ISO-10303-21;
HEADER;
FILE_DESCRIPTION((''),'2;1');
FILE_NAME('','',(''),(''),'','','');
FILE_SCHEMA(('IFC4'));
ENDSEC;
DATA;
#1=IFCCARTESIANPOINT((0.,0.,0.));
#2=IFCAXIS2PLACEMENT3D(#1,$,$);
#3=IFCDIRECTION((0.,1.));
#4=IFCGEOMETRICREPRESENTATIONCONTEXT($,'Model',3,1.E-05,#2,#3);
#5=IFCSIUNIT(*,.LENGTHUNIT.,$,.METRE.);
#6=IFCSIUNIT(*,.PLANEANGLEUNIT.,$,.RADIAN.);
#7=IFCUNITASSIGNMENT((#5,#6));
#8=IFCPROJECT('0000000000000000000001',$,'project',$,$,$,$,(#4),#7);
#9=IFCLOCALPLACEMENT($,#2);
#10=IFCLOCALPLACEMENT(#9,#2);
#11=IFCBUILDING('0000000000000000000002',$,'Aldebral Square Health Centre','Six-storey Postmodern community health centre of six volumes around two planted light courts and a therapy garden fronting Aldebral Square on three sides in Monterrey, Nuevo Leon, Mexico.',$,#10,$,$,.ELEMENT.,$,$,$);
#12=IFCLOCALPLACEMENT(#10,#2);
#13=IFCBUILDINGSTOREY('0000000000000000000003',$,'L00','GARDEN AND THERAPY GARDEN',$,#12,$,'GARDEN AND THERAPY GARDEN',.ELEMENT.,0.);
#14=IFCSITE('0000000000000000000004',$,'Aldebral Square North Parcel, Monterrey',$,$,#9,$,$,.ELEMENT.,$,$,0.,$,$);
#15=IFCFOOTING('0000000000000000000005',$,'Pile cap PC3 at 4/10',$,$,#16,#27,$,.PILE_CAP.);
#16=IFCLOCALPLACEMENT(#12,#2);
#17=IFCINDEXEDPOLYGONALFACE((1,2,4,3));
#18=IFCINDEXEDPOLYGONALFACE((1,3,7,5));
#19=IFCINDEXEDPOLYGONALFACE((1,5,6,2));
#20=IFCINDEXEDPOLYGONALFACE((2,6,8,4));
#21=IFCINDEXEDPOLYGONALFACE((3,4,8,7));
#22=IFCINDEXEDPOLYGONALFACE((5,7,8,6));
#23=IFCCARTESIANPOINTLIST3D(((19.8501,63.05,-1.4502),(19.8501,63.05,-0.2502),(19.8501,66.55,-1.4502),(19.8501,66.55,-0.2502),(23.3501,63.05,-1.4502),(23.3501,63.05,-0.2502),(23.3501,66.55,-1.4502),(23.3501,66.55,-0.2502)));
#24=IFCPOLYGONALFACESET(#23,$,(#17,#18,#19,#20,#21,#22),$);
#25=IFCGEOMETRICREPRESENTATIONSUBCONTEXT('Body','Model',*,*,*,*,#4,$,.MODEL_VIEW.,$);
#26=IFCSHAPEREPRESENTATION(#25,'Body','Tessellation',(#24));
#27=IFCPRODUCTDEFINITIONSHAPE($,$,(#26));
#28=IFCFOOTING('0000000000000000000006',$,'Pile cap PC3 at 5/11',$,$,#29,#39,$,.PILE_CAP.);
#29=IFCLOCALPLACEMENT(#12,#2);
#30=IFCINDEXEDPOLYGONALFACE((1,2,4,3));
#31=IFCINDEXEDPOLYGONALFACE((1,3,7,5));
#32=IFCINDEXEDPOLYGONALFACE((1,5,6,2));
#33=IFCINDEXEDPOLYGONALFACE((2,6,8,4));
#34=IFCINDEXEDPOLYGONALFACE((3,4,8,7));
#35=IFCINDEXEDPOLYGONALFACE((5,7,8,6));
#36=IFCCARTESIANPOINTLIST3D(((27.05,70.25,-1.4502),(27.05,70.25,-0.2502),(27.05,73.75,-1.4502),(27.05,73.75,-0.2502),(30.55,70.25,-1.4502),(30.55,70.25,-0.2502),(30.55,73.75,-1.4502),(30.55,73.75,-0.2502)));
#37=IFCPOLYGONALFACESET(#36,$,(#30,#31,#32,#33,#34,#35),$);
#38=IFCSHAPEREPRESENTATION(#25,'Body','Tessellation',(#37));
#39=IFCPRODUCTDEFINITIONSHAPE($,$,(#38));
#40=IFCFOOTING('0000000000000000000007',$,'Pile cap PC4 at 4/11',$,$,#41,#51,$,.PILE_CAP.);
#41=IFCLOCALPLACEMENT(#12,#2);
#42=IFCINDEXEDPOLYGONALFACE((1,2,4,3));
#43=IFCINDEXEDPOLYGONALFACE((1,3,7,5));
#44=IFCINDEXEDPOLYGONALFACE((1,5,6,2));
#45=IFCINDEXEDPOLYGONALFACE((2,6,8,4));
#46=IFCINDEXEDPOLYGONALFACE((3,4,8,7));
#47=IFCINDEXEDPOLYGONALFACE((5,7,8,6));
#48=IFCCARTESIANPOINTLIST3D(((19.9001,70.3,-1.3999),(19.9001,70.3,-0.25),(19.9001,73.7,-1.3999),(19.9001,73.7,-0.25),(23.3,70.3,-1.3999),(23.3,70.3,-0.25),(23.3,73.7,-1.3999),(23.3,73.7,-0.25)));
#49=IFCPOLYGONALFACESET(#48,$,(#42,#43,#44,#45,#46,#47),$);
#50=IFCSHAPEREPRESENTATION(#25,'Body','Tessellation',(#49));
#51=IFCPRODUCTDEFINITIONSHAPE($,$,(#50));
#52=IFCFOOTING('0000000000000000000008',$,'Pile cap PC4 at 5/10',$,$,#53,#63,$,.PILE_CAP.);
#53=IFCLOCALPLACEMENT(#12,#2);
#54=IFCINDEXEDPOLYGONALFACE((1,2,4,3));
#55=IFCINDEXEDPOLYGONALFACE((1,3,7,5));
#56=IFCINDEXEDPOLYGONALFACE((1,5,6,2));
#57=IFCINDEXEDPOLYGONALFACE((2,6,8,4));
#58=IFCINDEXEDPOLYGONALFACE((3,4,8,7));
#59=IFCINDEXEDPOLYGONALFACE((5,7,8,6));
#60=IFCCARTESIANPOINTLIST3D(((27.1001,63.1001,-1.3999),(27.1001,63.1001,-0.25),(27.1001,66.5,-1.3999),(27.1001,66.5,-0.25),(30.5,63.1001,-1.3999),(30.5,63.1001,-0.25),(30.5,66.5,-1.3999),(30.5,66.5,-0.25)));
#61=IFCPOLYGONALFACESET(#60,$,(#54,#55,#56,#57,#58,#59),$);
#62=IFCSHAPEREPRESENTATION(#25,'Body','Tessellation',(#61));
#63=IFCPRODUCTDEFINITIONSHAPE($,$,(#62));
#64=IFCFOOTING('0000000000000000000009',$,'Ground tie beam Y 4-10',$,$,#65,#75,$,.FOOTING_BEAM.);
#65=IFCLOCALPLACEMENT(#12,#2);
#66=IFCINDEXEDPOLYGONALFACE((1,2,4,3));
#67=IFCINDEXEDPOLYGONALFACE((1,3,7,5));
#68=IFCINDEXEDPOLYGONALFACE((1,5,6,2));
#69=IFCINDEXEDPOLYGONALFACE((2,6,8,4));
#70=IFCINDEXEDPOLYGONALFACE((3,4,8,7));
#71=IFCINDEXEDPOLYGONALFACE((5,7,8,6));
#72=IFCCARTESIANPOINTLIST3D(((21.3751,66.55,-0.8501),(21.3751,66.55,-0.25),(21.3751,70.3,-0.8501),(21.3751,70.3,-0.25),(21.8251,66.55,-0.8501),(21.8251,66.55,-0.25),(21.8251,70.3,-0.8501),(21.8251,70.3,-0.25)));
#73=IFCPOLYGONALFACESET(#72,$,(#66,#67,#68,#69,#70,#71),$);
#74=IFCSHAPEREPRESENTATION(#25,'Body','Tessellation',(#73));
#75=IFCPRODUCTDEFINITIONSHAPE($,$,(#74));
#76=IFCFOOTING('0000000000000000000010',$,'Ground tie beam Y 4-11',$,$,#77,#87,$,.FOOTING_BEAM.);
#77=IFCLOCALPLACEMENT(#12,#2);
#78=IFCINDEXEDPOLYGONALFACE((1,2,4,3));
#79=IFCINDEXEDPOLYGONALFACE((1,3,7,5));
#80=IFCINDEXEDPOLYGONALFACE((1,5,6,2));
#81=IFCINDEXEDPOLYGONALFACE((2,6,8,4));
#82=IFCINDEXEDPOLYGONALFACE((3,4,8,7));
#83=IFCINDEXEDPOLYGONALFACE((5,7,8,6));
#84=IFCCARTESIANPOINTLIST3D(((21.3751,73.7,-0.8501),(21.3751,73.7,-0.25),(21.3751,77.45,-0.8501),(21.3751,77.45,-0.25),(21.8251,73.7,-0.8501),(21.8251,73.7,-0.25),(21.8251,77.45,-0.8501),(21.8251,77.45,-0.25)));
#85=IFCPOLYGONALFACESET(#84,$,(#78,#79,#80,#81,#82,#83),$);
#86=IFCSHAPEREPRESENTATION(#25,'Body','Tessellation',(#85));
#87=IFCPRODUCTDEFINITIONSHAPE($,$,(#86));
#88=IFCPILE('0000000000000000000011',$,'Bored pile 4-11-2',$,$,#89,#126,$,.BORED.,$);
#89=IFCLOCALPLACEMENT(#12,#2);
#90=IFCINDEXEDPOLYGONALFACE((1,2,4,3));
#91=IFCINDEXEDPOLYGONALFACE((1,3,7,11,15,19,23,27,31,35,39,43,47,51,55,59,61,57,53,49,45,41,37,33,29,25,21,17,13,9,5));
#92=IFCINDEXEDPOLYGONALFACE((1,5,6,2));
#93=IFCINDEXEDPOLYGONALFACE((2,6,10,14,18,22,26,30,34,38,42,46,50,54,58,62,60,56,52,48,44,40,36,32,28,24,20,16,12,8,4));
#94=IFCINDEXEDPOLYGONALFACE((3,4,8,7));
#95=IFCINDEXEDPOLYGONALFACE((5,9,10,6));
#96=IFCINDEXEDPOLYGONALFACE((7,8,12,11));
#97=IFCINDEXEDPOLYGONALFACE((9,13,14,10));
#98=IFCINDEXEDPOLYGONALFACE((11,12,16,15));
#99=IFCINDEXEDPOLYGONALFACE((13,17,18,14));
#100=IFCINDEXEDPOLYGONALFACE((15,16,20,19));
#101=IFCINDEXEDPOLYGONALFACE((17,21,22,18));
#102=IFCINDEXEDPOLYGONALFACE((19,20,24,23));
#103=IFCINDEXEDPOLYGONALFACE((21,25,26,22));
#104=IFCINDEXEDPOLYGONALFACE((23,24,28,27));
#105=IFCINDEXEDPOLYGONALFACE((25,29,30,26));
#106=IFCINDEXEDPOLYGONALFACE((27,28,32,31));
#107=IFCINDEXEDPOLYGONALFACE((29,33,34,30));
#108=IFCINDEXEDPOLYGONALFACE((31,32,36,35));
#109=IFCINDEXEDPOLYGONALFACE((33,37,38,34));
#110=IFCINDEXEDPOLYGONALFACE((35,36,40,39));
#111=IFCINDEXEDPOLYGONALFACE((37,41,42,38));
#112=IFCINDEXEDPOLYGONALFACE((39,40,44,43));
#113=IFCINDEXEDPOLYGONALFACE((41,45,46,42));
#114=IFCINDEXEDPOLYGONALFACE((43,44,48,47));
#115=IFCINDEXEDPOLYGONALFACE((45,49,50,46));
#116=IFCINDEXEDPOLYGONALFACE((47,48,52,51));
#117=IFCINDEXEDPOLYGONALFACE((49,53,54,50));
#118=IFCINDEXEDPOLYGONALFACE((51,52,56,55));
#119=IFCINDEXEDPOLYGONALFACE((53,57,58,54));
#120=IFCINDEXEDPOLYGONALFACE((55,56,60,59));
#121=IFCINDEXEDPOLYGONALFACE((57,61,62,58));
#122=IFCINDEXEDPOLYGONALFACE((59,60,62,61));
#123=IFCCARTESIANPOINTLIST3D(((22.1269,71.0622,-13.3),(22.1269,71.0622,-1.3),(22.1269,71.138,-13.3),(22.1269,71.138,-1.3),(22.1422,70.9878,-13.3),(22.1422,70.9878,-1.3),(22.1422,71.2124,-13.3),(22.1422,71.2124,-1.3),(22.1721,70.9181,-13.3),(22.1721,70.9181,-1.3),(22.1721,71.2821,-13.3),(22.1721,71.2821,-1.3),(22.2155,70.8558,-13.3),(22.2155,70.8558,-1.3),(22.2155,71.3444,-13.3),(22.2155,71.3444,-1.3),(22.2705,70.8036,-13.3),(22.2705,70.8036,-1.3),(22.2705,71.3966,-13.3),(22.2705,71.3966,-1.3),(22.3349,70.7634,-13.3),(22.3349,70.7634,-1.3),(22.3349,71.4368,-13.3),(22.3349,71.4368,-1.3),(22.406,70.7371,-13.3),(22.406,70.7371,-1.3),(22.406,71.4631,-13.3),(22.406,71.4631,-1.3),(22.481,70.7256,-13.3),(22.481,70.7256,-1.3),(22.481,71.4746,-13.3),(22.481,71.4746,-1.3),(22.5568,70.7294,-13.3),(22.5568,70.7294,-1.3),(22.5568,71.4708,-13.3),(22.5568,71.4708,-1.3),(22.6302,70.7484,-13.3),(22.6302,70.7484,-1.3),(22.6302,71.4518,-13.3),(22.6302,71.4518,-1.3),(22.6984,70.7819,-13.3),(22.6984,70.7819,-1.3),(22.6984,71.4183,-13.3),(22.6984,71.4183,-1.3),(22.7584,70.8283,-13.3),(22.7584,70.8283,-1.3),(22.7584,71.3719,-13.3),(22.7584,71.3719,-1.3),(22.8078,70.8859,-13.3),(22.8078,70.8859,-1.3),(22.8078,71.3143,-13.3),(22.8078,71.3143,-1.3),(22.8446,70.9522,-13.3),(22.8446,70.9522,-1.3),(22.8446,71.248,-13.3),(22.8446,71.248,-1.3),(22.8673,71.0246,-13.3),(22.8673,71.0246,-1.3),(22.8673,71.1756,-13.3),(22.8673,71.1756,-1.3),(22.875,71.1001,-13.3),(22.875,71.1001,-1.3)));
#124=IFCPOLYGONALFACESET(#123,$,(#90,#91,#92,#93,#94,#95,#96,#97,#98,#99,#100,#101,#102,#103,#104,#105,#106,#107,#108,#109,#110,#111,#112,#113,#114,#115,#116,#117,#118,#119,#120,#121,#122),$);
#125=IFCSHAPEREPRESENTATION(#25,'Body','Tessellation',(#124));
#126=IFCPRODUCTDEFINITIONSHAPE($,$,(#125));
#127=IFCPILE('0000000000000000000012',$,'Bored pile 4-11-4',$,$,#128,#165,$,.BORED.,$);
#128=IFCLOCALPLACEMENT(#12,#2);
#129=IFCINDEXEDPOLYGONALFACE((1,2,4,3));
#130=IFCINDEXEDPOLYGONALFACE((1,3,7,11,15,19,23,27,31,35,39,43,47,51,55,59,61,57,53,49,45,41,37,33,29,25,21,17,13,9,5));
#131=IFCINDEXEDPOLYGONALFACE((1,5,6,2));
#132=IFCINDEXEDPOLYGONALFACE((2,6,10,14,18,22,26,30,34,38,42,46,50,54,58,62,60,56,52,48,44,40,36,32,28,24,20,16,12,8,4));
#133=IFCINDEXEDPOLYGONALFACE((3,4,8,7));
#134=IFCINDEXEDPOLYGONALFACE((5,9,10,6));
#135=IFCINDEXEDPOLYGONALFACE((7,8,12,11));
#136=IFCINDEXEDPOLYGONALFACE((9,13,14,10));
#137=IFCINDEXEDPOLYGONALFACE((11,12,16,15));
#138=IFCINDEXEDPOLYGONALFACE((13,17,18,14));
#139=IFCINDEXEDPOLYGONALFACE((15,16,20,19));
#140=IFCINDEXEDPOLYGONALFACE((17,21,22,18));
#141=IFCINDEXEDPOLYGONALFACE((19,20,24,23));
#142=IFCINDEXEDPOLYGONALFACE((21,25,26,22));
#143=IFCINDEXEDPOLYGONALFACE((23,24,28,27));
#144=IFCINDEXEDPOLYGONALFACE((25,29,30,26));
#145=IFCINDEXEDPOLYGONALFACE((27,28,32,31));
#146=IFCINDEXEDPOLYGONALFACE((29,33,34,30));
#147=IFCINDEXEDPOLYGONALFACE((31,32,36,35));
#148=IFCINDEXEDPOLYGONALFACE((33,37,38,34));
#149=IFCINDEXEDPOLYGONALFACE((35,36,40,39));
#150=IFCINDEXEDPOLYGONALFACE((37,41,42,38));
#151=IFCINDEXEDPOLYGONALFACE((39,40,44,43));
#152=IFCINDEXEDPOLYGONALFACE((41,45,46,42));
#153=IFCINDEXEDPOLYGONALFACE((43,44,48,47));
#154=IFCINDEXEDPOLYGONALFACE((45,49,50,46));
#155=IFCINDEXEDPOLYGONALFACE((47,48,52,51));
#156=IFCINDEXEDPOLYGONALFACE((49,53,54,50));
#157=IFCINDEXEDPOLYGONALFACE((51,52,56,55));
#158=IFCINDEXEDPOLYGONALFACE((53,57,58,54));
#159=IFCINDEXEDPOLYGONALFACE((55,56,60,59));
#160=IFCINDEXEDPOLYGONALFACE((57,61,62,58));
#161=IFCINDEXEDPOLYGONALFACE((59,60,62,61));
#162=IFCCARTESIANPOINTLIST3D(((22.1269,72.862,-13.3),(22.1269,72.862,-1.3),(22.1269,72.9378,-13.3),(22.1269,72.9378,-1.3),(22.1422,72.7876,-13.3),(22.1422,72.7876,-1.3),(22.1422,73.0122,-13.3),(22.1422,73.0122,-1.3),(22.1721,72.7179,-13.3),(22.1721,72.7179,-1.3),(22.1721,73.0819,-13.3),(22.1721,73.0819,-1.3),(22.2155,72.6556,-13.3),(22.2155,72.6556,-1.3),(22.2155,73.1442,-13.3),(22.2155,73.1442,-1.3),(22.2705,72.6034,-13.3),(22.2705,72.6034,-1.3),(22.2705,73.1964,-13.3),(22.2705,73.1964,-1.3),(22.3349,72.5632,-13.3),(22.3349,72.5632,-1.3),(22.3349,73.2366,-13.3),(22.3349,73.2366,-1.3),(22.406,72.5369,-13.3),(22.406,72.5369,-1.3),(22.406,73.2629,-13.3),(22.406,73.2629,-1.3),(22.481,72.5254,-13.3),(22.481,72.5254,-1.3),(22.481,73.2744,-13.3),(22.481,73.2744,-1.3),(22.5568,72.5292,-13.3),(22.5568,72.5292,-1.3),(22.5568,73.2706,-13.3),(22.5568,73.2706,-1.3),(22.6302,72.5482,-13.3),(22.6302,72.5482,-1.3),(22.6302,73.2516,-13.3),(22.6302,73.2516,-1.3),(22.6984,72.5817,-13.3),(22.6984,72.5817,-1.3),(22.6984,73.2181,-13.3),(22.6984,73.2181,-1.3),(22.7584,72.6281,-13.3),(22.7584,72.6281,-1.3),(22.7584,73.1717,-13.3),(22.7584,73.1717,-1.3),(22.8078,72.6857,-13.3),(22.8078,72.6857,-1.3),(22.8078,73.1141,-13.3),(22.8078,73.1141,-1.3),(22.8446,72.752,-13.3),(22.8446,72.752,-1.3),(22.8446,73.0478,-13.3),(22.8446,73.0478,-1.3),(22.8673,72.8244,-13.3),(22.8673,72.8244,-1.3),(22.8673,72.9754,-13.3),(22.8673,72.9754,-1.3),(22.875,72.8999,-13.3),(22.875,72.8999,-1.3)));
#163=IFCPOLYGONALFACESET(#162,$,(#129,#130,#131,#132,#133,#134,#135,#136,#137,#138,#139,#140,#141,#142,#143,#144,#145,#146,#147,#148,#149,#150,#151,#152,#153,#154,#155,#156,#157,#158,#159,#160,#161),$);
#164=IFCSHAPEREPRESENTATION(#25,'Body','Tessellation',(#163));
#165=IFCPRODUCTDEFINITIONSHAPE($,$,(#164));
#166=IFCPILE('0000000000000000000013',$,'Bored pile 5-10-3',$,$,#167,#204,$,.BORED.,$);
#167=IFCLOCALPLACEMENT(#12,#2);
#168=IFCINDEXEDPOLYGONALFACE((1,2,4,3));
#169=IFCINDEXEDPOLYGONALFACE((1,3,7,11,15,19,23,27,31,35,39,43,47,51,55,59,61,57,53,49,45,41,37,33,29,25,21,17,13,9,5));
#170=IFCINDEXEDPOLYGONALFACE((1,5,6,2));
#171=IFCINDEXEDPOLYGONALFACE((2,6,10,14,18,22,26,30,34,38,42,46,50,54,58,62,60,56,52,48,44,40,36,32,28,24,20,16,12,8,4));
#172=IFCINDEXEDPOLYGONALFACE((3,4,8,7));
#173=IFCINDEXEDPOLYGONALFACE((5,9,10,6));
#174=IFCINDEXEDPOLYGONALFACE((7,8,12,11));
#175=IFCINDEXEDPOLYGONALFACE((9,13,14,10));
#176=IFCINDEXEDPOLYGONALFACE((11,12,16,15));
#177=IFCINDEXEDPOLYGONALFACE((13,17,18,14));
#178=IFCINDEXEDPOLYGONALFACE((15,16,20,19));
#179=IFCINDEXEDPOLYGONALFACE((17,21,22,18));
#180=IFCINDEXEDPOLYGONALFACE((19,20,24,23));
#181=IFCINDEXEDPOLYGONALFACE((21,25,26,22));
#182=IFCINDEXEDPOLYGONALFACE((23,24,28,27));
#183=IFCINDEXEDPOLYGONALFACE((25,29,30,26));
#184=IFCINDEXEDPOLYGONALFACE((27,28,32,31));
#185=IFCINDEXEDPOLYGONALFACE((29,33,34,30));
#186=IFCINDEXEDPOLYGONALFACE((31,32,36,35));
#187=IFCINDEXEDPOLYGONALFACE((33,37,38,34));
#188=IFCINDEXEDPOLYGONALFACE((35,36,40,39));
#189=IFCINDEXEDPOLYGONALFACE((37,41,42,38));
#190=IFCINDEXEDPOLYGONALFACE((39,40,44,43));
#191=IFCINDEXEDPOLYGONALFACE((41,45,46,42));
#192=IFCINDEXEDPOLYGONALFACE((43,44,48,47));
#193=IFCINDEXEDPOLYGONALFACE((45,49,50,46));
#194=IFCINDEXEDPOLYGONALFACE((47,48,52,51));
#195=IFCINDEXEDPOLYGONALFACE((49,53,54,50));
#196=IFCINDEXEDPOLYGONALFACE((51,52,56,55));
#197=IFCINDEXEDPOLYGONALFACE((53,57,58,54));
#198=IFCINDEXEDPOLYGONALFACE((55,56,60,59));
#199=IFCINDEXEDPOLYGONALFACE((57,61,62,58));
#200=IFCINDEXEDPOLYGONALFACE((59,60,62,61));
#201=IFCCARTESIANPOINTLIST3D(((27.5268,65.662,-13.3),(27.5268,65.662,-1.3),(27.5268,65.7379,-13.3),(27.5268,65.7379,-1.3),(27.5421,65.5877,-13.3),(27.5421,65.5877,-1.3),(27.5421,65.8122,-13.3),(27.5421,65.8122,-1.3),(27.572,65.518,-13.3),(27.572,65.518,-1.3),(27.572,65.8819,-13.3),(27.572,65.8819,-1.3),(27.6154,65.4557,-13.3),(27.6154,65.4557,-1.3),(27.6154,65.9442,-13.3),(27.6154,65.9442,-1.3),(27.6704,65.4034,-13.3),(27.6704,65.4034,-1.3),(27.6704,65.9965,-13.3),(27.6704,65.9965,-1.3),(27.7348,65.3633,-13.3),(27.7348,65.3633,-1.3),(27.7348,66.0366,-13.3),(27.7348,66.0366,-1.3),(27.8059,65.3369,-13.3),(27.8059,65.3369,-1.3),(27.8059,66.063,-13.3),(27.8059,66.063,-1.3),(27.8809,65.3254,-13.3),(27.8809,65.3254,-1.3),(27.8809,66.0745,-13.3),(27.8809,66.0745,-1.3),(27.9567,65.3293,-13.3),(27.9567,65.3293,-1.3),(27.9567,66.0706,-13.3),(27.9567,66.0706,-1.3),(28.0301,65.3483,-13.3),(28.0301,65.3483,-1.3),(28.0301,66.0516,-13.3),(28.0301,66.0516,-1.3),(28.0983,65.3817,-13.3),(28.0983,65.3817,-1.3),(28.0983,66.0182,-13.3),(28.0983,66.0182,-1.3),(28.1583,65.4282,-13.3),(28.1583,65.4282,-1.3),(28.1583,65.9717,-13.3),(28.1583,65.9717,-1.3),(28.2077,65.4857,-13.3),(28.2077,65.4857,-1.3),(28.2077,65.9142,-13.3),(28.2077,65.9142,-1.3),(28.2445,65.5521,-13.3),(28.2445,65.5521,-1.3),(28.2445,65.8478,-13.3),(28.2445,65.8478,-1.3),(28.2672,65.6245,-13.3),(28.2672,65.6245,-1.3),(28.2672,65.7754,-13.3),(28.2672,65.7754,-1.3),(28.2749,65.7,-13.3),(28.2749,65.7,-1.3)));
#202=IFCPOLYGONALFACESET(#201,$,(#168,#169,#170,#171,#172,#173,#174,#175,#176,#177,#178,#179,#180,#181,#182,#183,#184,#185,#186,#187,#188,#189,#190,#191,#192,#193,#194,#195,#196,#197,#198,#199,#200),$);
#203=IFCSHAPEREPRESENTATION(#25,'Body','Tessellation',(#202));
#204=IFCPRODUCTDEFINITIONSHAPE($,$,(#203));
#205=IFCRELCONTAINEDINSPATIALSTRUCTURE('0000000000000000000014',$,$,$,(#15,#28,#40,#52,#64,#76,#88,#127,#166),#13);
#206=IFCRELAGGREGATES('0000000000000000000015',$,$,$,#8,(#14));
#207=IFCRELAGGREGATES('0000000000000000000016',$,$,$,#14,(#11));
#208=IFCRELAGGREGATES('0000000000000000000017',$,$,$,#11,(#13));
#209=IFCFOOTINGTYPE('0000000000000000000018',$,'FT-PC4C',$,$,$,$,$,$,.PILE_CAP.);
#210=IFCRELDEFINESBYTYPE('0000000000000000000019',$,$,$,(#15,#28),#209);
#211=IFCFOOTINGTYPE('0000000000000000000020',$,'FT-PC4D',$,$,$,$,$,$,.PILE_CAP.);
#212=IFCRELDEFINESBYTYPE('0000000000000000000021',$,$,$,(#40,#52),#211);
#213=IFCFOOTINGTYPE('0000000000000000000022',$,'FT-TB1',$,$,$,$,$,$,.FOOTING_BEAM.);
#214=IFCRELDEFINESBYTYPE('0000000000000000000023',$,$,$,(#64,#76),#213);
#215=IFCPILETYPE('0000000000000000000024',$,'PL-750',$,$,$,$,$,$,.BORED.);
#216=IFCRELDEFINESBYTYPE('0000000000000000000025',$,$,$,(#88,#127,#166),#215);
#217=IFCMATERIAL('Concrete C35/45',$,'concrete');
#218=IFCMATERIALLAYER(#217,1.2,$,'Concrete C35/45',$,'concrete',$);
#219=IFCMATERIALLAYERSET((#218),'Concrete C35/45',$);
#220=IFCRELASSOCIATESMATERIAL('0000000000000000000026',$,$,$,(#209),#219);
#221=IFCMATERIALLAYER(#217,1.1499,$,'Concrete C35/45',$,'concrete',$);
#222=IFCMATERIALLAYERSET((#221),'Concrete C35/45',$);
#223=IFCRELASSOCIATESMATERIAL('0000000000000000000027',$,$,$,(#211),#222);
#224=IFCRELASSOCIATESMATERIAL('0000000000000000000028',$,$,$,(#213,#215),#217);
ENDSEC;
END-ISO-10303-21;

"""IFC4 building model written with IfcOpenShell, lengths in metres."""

from ifc_helpers import new_model, si_unit, direction, frame, origin, origin_2d, place, context, subcontext, project, spatial, rectangle, circle, extrude, material, layer, layer_set, material_profile, profile_set, type_object, element, save


model = new_model("IFC4")

# Units and contexts
model_context = context("Model", 3, precision=1e-05, world=origin(), true_north=direction((0.0, 1.0)))
body_context = subcontext(model_context, "Body", "Model", "MODEL_VIEW")
ifc_project = project(units=[si_unit("LENGTHUNIT", "METRE"), si_unit("PLANEANGLEUNIT", "RADIAN")], contexts=[model_context])

# Site, building, storey
site_placement = place(None, origin())
site = spatial("IfcSite", under=ifc_project, at=site_placement, Name="Aldebral Square North Parcel, Monterrey", CompositionType="ELEMENT", RefElevation=0.0)
building_placement = place(site_placement, origin())
building = spatial("IfcBuilding", under=site, at=building_placement, Name="Aldebral Square Health Centre", Description="Six-storey Postmodern community health centre of six volumes around two planted light courts and a therapy garden fronting Aldebral Square on three sides in Monterrey, Nuevo Leon, Mexico.", CompositionType="ELEMENT")
storey_placement = place(building_placement, origin())
storey = spatial("IfcBuildingStorey", under=building, at=storey_placement, Name="L00", Description="GARDEN AND THERAPY GARDEN", LongName="GARDEN AND THERAPY GARDEN", CompositionType="ELEMENT", Elevation=0.0)

# Footings
ifc_material_1 = material(Name="Concrete C35/45", Category="concrete")
ifc_layer_1 = layer(ifc_material_1, 1.2, Name="Concrete C35/45", Category="concrete")
ifc_layer_set_1 = layer_set([ifc_layer_1], Name="Concrete C35/45")
footing_type_1 = type_object("IfcFootingType", Name="FT-PC4C", PredefinedType="PILE_CAP", material=ifc_layer_set_1)
for number, where, z_axis, x_axis, name in (
    (1, (21.6001, 64.8, -1.4502), (0.0, 0.0, 1.0), (1.0, 0.0, 0.0), "Pile cap PC3 at 4/10"),
    (2, (28.8, 72.0, -1.4502), (0.0, 0.0, 1.0), (1.0, 0.0, 0.0), "Pile cap PC3 at 5/11"),
):
    element("IfcFooting", number, at=place(storey_placement, frame(where, z_axis=z_axis, x_axis=x_axis)), inside=storey, type_object=footing_type_1, Name=name, PredefinedType="PILE_CAP", context=body_context, shape_type="SweptSolid", body=[
        extrude(rectangle(XDim=3.5, YDim=3.5, at=origin_2d()), origin(), (0.0, 0.0, 1.0), 1.2),
    ])
ifc_layer_2 = layer(ifc_material_1, 1.1499, Name="Concrete C35/45", Category="concrete")
ifc_layer_set_2 = layer_set([ifc_layer_2], Name="Concrete C35/45")
footing_type_2 = type_object("IfcFootingType", Name="FT-PC4D", PredefinedType="PILE_CAP", material=ifc_layer_set_2)
for number, where, z_axis, x_axis, name in (
    (3, (21.6001, 72.0, -1.3999), (0.0, 0.0, 1.0), (1.0, 0.0, 0.0), "Pile cap PC4 at 4/11"),
    (4, (28.8, 64.8, -1.3999), (0.0, 0.0, 1.0), (1.0, 0.0, 0.0), "Pile cap PC4 at 5/10"),
):
    element("IfcFooting", number, at=place(storey_placement, frame(where, z_axis=z_axis, x_axis=x_axis)), inside=storey, type_object=footing_type_2, Name=name, PredefinedType="PILE_CAP", context=body_context, shape_type="SweptSolid", body=[
        extrude(rectangle(XDim=3.3999, YDim=3.3999, at=origin_2d()), origin(), (0.0, 0.0, 1.0), 1.1499),
    ])
ifc_material_profile_1 = material_profile(ifc_material_1, rectangle(XDim=0.45, YDim=0.6001, at=origin_2d()), Name="RC 450x600")
ifc_profile_set_1 = profile_set([ifc_material_profile_1], Name="Concrete C35/45")
footing_type_3 = type_object("IfcFootingType", Name="FT-TB1", PredefinedType="FOOTING_BEAM", material=ifc_profile_set_1)
for number, where, z_axis, x_axis, name in (
    (5, (21.6001, 66.55, -0.55), (0.0, 1.0, 0.0), (-1.0, 0.0, 0.0), "Ground tie beam Y 4-10"),
    (6, (21.6001, 73.7, -0.55), (0.0, 1.0, 0.0), (-1.0, 0.0, 0.0), "Ground tie beam Y 4-11"),
):
    element("IfcFooting", number, at=place(storey_placement, frame(where, z_axis=z_axis, x_axis=x_axis)), inside=storey, type_object=footing_type_3, Name=name, PredefinedType="FOOTING_BEAM", context=body_context, shape_type="SweptSolid", body=[
        extrude(rectangle(XDim=0.45, YDim=0.6001, at=origin_2d()), origin(), (0.0, 0.0, 1.0), 3.75),
    ])

# Piles
ifc_material_profile_2 = material_profile(ifc_material_1, circle(Radius=0.375, at=origin_2d()), Name="PILE D750")
ifc_profile_set_2 = profile_set([ifc_material_profile_2], Name="Concrete C35/45")
pile_type_1 = type_object("IfcPileType", Name="PL-750", PredefinedType="BORED", material=ifc_profile_set_2)
for number, where, z_axis, x_axis, name in (
    (7, (22.5, 71.1001, -1.3), (0.0, 0.0, -1.0), (1.0, 0.0, 0.0), "Bored pile 4-11-2"),
    (8, (22.5, 72.8999, -1.3), (0.0, 0.0, -1.0), (1.0, 0.0, 0.0), "Bored pile 4-11-4"),
    (9, (27.8999, 65.7, -1.3), (0.0, 0.0, -1.0), (1.0, 0.0, 0.0), "Bored pile 5-10-3"),
):
    element("IfcPile", number, at=place(storey_placement, frame(where, z_axis=z_axis, x_axis=x_axis)), inside=storey, type_object=pile_type_1, Name=name, PredefinedType="BORED", context=body_context, shape_type="SweptSolid", body=[
        extrude(circle(Radius=0.375, at=origin_2d()), origin(), (0.0, 0.0, 1.0), 12.0),
    ])

save(model, "model.ifc")
